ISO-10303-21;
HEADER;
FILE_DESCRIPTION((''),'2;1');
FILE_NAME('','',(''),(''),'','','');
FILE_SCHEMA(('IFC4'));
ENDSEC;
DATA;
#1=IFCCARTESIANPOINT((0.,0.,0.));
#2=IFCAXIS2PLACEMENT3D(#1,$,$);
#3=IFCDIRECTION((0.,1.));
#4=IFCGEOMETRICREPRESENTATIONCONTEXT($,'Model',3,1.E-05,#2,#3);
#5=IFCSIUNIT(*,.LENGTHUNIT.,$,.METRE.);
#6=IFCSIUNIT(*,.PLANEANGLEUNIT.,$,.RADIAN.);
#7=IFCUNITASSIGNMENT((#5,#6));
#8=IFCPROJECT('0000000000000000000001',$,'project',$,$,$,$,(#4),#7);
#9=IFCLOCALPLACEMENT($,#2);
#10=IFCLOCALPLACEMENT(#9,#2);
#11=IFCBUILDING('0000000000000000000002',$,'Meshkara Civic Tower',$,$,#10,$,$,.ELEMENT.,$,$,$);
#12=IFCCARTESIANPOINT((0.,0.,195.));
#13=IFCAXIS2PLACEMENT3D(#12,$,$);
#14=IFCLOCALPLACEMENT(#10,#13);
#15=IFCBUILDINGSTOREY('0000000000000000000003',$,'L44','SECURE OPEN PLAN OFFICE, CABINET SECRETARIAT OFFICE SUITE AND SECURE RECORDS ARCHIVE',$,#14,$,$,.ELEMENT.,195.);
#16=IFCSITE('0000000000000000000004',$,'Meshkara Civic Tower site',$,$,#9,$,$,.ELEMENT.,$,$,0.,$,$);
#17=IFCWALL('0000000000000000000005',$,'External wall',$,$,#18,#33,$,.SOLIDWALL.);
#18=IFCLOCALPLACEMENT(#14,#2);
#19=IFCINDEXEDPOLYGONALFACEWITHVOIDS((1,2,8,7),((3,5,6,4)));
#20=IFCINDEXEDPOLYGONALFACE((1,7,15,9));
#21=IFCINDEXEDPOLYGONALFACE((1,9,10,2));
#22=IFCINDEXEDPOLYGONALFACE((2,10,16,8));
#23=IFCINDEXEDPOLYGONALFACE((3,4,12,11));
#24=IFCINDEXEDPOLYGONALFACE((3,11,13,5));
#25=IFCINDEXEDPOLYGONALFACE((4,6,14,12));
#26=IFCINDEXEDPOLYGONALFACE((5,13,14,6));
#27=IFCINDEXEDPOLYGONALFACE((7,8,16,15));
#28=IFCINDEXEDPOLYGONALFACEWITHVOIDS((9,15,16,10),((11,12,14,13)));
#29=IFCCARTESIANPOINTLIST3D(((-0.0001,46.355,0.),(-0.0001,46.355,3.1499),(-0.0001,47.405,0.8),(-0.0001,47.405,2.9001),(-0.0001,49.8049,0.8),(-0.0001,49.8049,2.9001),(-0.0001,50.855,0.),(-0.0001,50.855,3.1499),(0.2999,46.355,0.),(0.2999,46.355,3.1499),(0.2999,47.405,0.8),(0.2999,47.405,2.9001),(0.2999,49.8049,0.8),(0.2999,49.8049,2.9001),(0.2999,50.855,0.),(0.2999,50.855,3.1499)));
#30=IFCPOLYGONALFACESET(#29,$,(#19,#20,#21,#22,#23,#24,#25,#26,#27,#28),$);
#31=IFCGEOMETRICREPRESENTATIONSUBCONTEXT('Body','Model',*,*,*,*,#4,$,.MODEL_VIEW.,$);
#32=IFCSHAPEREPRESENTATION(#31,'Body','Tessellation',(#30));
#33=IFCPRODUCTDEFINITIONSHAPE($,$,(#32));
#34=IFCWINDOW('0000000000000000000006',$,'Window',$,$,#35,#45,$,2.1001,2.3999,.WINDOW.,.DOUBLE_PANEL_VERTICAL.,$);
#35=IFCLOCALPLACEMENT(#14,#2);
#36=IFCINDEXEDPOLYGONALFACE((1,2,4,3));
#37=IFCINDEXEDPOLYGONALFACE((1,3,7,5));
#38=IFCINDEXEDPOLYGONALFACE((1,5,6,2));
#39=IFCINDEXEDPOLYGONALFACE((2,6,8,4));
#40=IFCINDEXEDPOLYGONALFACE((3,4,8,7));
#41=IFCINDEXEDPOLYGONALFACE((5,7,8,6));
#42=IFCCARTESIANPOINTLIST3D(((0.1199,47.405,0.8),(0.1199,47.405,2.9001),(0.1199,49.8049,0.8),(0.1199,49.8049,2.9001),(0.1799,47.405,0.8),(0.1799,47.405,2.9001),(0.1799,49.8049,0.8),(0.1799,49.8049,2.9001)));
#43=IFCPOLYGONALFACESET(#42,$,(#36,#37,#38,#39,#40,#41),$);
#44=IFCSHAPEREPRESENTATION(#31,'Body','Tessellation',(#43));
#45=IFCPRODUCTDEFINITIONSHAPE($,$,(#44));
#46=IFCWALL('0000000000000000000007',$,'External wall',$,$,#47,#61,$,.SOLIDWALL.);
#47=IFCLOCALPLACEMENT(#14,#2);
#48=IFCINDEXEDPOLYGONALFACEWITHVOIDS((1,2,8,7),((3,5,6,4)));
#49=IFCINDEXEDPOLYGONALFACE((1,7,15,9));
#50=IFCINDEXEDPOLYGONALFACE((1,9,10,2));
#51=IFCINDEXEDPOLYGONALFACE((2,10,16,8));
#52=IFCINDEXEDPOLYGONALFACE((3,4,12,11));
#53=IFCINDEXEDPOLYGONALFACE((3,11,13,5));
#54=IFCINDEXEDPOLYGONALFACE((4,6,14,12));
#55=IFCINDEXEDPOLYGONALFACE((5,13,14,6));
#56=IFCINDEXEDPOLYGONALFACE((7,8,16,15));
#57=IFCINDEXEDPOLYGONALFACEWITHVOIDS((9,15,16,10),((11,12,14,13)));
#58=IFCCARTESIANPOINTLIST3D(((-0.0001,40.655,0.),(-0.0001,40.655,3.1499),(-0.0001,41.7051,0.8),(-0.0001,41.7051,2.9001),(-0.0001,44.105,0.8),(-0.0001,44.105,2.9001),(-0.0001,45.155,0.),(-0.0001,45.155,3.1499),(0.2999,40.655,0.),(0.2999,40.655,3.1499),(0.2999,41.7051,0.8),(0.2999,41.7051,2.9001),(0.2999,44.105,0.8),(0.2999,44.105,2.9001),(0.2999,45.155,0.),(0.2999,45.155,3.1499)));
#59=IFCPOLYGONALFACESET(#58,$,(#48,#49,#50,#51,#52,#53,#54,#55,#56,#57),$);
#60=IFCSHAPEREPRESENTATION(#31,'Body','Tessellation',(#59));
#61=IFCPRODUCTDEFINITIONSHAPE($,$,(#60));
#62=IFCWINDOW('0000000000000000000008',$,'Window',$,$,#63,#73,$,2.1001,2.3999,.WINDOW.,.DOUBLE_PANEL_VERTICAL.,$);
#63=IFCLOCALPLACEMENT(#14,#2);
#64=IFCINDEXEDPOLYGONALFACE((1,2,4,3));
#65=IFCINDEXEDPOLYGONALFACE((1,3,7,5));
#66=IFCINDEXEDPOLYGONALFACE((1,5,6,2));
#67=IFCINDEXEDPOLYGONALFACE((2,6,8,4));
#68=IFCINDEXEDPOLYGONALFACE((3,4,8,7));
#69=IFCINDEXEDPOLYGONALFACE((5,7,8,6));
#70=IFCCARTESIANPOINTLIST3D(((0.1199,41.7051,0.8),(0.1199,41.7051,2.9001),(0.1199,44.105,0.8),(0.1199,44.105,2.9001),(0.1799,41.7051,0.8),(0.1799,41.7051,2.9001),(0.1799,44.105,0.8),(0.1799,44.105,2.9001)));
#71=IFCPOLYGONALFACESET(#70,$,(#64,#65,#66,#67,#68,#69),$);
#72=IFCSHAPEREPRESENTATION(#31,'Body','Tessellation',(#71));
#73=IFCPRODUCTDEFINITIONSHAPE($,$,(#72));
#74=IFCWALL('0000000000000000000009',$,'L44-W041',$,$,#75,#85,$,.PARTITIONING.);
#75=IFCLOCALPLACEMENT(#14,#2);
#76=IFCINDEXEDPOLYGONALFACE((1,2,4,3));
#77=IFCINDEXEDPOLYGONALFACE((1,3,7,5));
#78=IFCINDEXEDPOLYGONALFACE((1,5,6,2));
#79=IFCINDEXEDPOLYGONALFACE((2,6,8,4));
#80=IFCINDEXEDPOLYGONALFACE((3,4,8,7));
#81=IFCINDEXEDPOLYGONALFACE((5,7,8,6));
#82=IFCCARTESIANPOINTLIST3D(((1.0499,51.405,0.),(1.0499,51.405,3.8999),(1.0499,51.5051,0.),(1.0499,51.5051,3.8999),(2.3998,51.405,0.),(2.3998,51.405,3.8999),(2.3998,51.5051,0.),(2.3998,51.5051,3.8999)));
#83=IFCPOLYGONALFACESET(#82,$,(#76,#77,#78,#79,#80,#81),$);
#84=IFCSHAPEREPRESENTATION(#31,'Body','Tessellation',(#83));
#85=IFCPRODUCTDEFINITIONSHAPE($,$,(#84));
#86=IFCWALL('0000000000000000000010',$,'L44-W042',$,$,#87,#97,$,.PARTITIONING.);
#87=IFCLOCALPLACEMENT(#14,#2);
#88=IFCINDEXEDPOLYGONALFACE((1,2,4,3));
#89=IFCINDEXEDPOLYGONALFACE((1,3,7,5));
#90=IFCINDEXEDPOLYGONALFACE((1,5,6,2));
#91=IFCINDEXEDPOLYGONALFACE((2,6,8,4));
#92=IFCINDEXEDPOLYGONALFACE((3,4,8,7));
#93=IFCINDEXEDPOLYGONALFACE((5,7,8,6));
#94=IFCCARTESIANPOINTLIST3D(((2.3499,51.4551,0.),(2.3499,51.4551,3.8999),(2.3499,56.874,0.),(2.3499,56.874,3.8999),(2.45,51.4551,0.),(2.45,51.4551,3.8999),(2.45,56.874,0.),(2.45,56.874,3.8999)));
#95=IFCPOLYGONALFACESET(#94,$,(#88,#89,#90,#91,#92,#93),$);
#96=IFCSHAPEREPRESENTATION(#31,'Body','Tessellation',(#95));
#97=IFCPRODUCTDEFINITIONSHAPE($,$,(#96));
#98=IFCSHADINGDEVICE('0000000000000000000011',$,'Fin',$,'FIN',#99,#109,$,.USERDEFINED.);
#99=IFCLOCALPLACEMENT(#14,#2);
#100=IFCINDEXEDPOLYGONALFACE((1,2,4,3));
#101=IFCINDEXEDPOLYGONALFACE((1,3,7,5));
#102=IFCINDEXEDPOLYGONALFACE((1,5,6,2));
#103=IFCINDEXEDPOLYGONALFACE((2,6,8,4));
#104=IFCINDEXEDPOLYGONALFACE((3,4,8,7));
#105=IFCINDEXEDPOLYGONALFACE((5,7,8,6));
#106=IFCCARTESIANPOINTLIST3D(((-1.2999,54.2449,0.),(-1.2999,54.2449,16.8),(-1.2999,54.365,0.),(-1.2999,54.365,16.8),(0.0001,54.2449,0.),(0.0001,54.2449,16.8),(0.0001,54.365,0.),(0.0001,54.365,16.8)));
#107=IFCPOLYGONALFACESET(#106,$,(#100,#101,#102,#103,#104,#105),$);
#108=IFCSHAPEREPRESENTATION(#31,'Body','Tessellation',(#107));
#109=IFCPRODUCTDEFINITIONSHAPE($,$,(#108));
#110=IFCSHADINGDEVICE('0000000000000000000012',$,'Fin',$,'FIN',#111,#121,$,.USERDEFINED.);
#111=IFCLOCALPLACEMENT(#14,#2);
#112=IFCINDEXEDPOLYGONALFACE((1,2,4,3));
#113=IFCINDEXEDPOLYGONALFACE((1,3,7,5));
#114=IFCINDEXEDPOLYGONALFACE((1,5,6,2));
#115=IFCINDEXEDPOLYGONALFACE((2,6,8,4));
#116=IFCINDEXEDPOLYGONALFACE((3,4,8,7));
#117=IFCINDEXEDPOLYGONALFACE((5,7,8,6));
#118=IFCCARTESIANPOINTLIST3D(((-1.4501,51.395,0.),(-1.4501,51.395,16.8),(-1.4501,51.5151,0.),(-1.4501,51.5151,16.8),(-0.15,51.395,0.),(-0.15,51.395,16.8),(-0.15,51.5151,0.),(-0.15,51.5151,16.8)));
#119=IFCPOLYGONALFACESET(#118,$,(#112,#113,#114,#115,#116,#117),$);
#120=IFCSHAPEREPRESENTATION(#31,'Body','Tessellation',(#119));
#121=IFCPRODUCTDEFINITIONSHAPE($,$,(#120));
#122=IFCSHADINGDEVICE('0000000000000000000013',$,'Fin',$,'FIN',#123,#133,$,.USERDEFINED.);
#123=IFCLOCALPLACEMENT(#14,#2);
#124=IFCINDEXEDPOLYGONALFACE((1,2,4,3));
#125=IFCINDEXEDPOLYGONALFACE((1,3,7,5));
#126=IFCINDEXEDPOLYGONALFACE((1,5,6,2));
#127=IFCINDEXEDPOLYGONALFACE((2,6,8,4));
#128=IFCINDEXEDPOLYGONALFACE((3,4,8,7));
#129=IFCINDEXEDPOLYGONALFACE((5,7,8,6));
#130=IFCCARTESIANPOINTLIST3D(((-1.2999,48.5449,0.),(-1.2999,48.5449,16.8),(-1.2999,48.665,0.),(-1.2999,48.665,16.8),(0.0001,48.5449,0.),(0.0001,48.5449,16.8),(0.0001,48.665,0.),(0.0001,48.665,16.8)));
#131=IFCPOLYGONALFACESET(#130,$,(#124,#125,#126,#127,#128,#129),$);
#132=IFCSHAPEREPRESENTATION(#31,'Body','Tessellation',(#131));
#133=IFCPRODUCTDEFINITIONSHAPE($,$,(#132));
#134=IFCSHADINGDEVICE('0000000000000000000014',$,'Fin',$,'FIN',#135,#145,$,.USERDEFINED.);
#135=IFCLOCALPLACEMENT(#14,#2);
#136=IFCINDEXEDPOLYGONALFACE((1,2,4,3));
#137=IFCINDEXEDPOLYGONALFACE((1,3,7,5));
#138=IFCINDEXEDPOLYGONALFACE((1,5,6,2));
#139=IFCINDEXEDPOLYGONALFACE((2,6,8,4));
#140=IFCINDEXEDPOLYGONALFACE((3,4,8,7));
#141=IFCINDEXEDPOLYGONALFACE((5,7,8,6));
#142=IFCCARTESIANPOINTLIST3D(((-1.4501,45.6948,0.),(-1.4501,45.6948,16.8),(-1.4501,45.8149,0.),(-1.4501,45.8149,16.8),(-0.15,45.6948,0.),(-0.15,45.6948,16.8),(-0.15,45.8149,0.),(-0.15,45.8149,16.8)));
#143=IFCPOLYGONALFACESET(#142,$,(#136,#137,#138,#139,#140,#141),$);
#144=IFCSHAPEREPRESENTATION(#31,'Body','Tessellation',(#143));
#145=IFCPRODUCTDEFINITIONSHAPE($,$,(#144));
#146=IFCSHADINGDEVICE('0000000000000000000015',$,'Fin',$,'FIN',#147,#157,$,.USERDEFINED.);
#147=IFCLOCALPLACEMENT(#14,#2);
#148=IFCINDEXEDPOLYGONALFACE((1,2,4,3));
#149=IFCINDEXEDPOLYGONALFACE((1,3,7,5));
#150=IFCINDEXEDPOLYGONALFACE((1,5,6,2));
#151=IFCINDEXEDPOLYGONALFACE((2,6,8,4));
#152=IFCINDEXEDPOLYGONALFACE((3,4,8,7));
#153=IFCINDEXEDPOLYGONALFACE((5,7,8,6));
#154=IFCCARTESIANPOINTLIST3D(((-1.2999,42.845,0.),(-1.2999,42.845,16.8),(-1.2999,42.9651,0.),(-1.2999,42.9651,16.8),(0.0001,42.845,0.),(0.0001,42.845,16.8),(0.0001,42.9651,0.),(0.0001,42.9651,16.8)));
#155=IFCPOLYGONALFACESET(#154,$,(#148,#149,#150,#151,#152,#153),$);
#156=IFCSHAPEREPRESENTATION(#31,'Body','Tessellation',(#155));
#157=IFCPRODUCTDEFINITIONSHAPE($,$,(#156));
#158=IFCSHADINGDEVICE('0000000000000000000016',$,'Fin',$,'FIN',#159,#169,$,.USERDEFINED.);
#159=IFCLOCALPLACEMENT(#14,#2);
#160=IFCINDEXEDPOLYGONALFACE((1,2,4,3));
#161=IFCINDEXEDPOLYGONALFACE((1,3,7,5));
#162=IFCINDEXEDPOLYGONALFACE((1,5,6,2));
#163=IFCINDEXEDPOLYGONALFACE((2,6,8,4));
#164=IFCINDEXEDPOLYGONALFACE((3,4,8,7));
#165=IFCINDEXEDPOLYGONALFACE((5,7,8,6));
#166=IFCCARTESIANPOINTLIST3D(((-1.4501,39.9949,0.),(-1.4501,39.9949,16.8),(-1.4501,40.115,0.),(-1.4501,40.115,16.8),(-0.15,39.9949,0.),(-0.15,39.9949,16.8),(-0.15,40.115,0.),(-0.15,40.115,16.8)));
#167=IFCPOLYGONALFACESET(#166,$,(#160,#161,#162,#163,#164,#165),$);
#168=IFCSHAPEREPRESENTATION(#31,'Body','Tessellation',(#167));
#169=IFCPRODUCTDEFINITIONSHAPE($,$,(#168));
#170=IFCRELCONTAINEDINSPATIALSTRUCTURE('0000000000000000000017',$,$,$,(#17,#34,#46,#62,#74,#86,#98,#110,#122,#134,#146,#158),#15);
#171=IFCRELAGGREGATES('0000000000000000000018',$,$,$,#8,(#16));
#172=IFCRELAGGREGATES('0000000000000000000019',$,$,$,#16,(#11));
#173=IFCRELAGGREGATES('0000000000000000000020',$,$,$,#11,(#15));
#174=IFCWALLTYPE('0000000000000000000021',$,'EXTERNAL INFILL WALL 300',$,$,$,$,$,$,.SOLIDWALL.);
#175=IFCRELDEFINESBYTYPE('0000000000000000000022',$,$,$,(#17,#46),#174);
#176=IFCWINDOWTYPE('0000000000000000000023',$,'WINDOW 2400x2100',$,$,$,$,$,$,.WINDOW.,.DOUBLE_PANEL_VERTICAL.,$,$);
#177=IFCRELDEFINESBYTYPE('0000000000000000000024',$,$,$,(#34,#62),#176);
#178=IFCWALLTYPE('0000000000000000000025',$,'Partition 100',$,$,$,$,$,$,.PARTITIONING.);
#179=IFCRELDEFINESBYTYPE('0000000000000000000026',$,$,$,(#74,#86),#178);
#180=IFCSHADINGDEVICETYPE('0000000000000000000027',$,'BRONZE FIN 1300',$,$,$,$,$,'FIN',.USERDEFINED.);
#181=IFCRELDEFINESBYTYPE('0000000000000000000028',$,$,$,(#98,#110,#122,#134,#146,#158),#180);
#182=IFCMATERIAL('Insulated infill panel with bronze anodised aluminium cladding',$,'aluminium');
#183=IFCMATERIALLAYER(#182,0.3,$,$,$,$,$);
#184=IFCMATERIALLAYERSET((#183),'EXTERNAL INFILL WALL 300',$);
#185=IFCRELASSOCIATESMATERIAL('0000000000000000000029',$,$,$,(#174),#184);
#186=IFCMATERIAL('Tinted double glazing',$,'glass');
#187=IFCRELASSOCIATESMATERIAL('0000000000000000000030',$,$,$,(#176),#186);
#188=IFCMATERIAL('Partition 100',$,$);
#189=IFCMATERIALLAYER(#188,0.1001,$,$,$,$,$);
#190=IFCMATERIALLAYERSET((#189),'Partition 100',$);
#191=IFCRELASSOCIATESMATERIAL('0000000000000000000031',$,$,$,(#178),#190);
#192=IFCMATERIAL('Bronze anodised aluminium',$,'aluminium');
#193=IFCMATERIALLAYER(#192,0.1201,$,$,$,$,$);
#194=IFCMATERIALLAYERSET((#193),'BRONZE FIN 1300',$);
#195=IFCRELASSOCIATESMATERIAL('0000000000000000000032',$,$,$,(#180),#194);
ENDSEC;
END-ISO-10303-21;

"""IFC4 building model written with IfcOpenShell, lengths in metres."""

from ifc_helpers import new_model, si_unit, direction, frame, frame_2d, origin, origin_2d, place, context, subcontext, project, spatial, rectangle, extrude, material, layer, layer_set, type_object, element, fill, save


model = new_model("IFC4")

# Units and contexts
model_context = context("Model", 3, precision=1e-05, world=origin(), true_north=direction((0.0, 1.0)))
body_context = subcontext(model_context, "Body", "Model", "MODEL_VIEW")
ifc_project = project(units=[si_unit("LENGTHUNIT", "METRE"), si_unit("PLANEANGLEUNIT", "RADIAN")], contexts=[model_context])

# Site, building, storey
site_placement = place(None, origin())
site = spatial("IfcSite", under=ifc_project, at=site_placement, Name="Meshkara Civic Tower site", CompositionType="ELEMENT", RefElevation=0.0)
building_placement = place(site_placement, origin())
building = spatial("IfcBuilding", under=site, at=building_placement, Name="Meshkara Civic Tower", CompositionType="ELEMENT")
storey_placement = place(building_placement, frame((0.0, 0.0, 195.0)))
storey = spatial("IfcBuildingStorey", under=building, at=storey_placement, Name="L44", Description="SECURE OPEN PLAN OFFICE, CABINET SECRETARIAT OFFICE SUITE AND SECURE RECORDS ARCHIVE", CompositionType="ELEMENT", Elevation=195.0)

# Walls, openings, windows
ifc_material_1 = material(Name="Insulated infill panel with bronze anodised aluminium cladding", Category="aluminium")
ifc_layer_1 = layer(ifc_material_1, 0.3)
ifc_layer_set_1 = layer_set([ifc_layer_1], Name="EXTERNAL INFILL WALL 300")
wall_type_1 = type_object("IfcWallType", Name="EXTERNAL INFILL WALL 300", PredefinedType="SOLIDWALL", material=ifc_layer_set_1)
ifc_material_2 = material(Name="Tinted double glazing", Category="glass")
window_type = type_object("IfcWindowType", Name="WINDOW 2400x2100", PartitioningType="DOUBLE_PANEL_VERTICAL", PredefinedType="WINDOW", material=ifc_material_2)
wall_1_placement = place(storey_placement, frame((0.1499, 50.855, 0.0), z_axis=(0.0, 0.0, 1.0), x_axis=(0.0, -1.0, 0.0)))
wall_1 = element("IfcWall", 1, at=wall_1_placement, inside=storey, type_object=wall_type_1, Name="External wall", PredefinedType="SOLIDWALL", context=body_context, shape_type="SweptSolid", body=[
    extrude(rectangle(XDim=4.5, YDim=0.3, at=frame_2d((2.25, 0.0))), origin(), (0.0, 0.0, 1.0), 3.1499),
])
opening_1_placement = place(wall_1_placement, frame((1.05, 0.0, 0.8)))
opening_1 = element("IfcOpeningElement", 2, at=opening_1_placement, cuts=wall_1, PredefinedType="OPENING", context=body_context, shape_type="SweptSolid", body=[
    extrude(rectangle(XDim=2.3999, YDim=2.1001, at=frame_2d((1.2, 1.05))), frame((0.0, 0.1599, 0.0), z_axis=(0.0, -1.0, 0.0), x_axis=(1.0, 0.0, 0.0)), (0.0, 0.0, 1.0), 0.3201),
])
window_1_placement = place(opening_1_placement, origin())
window_1 = element("IfcWindow", 3, at=window_1_placement, inside=storey, type_object=window_type, Name="Window", OverallHeight=2.1001, OverallWidth=2.3999, PartitioningType="DOUBLE_PANEL_VERTICAL", PredefinedType="WINDOW", context=body_context, shape_type="SweptSolid", body=[
    extrude(rectangle(XDim=2.3999, YDim=2.1001, at=frame_2d((1.2, 1.05))), frame((0.0, 0.03, 0.0), z_axis=(0.0, -1.0, 0.0), x_axis=(1.0, 0.0, 0.0)), (0.0, 0.0, 1.0), 0.0601),
])
fill(opening_1, window_1)
wall_2_placement = place(storey_placement, frame((0.1499, 45.155, 0.0), z_axis=(0.0, 0.0, 1.0), x_axis=(0.0, -1.0, 0.0)))
wall_2 = element("IfcWall", 4, at=wall_2_placement, inside=storey, type_object=wall_type_1, Name="External wall", PredefinedType="SOLIDWALL", context=body_context, shape_type="SweptSolid", body=[
    extrude(rectangle(XDim=4.5, YDim=0.3, at=frame_2d((2.25, 0.0))), origin(), (0.0, 0.0, 1.0), 3.1499),
])
opening_2_placement = place(wall_2_placement, frame((1.05, 0.0, 0.8)))
opening_2 = element("IfcOpeningElement", 5, at=opening_2_placement, cuts=wall_2, PredefinedType="OPENING", context=body_context, shape_type="SweptSolid", body=[
    extrude(rectangle(XDim=2.3999, YDim=2.1001, at=frame_2d((1.2, 1.05))), frame((0.0, 0.1599, 0.0), z_axis=(0.0, -1.0, 0.0), x_axis=(1.0, 0.0, 0.0)), (0.0, 0.0, 1.0), 0.3201),
])
window_2_placement = place(opening_2_placement, origin())
window_2 = element("IfcWindow", 6, at=window_2_placement, inside=storey, type_object=window_type, Name="Window", OverallHeight=2.1001, OverallWidth=2.3999, PartitioningType="DOUBLE_PANEL_VERTICAL", PredefinedType="WINDOW", context=body_context, shape_type="SweptSolid", body=[
    extrude(rectangle(XDim=2.3999, YDim=2.1001, at=frame_2d((1.2, 1.05))), frame((0.0, 0.03, 0.0), z_axis=(0.0, -1.0, 0.0), x_axis=(1.0, 0.0, 0.0)), (0.0, 0.0, 1.0), 0.0601),
])
fill(opening_2, window_2)

# Walls
ifc_material_3 = material(Name="Partition 100")
ifc_layer_2 = layer(ifc_material_3, 0.1001)
ifc_layer_set_2 = layer_set([ifc_layer_2], Name="Partition 100")
wall_type_2 = type_object("IfcWallType", Name="Partition 100", PredefinedType="PARTITIONING", material=ifc_layer_set_2)
wall_3_placement = place(storey_placement, frame((1.05, 51.4551, 0.0), z_axis=(0.0, 0.0, 1.0), x_axis=(1.0, 0.0, 0.0)))
element("IfcWall", 7, at=wall_3_placement, inside=storey, type_object=wall_type_2, Name="L44-W041", PredefinedType="PARTITIONING", context=body_context, shape_type="SweptSolid", body=[
    extrude(rectangle(XDim=1.3499, YDim=0.1001, at=frame_2d((0.6748, 0.0))), origin(), (0.0, 0.0, 1.0), 3.8999),
])
wall_4_placement = place(storey_placement, frame((2.3999, 51.4551, 0.0), z_axis=(0.0, 0.0, 1.0), x_axis=(0.0, 1.0, 0.0)))
element("IfcWall", 8, at=wall_4_placement, inside=storey, type_object=wall_type_2, Name="L44-W042", PredefinedType="PARTITIONING", context=body_context, shape_type="SweptSolid", body=[
    extrude(rectangle(XDim=5.4189, YDim=0.1001, at=frame_2d((2.7095, 0.0))), origin(), (0.0, 0.0, 1.0), 3.8999),
])

# Shading devices
ifc_material_4 = material(Name="Bronze anodised aluminium", Category="aluminium")
ifc_layer_3 = layer(ifc_material_4, 0.1201)
ifc_layer_set_3 = layer_set([ifc_layer_3], Name="BRONZE FIN 1300")
shading_device_type = type_object("IfcShadingDeviceType", Name="BRONZE FIN 1300", ElementType="FIN", PredefinedType="USERDEFINED", material=ifc_layer_set_3)
for number, where, z_axis, x_axis, name in (
    (9, (-0.6499, 54.3049, 0.0), (0.0, 0.0, 1.0), (0.0, -1.0, 0.0), "Fin"),
    (10, (-0.8, 51.4551, 0.0), (0.0, 0.0, 1.0), (0.0, -1.0, 0.0), "Fin"),
    (11, (-0.6499, 48.605, 0.0), (0.0, 0.0, 1.0), (0.0, -1.0, 0.0), "Fin"),
    (12, (-0.8, 45.7549, 0.0), (0.0, 0.0, 1.0), (0.0, -1.0, 0.0), "Fin"),
    (13, (-0.6499, 42.905, 0.0), (0.0, 0.0, 1.0), (0.0, -1.0, 0.0), "Fin"),
    (14, (-0.8, 40.0549, 0.0), (0.0, 0.0, 1.0), (0.0, -1.0, 0.0), "Fin"),
):
    element("IfcShadingDevice", number, at=place(storey_placement, frame(where, z_axis=z_axis, x_axis=x_axis)), inside=storey, type_object=shading_device_type, Name=name, ObjectType="FIN", PredefinedType="USERDEFINED", context=body_context, shape_type="SweptSolid", body=[
        extrude(rectangle(XDim=0.1201, YDim=1.3, at=origin_2d()), origin(), (0.0, 0.0, 1.0), 16.8),
    ])

save(model, "model.ifc")
